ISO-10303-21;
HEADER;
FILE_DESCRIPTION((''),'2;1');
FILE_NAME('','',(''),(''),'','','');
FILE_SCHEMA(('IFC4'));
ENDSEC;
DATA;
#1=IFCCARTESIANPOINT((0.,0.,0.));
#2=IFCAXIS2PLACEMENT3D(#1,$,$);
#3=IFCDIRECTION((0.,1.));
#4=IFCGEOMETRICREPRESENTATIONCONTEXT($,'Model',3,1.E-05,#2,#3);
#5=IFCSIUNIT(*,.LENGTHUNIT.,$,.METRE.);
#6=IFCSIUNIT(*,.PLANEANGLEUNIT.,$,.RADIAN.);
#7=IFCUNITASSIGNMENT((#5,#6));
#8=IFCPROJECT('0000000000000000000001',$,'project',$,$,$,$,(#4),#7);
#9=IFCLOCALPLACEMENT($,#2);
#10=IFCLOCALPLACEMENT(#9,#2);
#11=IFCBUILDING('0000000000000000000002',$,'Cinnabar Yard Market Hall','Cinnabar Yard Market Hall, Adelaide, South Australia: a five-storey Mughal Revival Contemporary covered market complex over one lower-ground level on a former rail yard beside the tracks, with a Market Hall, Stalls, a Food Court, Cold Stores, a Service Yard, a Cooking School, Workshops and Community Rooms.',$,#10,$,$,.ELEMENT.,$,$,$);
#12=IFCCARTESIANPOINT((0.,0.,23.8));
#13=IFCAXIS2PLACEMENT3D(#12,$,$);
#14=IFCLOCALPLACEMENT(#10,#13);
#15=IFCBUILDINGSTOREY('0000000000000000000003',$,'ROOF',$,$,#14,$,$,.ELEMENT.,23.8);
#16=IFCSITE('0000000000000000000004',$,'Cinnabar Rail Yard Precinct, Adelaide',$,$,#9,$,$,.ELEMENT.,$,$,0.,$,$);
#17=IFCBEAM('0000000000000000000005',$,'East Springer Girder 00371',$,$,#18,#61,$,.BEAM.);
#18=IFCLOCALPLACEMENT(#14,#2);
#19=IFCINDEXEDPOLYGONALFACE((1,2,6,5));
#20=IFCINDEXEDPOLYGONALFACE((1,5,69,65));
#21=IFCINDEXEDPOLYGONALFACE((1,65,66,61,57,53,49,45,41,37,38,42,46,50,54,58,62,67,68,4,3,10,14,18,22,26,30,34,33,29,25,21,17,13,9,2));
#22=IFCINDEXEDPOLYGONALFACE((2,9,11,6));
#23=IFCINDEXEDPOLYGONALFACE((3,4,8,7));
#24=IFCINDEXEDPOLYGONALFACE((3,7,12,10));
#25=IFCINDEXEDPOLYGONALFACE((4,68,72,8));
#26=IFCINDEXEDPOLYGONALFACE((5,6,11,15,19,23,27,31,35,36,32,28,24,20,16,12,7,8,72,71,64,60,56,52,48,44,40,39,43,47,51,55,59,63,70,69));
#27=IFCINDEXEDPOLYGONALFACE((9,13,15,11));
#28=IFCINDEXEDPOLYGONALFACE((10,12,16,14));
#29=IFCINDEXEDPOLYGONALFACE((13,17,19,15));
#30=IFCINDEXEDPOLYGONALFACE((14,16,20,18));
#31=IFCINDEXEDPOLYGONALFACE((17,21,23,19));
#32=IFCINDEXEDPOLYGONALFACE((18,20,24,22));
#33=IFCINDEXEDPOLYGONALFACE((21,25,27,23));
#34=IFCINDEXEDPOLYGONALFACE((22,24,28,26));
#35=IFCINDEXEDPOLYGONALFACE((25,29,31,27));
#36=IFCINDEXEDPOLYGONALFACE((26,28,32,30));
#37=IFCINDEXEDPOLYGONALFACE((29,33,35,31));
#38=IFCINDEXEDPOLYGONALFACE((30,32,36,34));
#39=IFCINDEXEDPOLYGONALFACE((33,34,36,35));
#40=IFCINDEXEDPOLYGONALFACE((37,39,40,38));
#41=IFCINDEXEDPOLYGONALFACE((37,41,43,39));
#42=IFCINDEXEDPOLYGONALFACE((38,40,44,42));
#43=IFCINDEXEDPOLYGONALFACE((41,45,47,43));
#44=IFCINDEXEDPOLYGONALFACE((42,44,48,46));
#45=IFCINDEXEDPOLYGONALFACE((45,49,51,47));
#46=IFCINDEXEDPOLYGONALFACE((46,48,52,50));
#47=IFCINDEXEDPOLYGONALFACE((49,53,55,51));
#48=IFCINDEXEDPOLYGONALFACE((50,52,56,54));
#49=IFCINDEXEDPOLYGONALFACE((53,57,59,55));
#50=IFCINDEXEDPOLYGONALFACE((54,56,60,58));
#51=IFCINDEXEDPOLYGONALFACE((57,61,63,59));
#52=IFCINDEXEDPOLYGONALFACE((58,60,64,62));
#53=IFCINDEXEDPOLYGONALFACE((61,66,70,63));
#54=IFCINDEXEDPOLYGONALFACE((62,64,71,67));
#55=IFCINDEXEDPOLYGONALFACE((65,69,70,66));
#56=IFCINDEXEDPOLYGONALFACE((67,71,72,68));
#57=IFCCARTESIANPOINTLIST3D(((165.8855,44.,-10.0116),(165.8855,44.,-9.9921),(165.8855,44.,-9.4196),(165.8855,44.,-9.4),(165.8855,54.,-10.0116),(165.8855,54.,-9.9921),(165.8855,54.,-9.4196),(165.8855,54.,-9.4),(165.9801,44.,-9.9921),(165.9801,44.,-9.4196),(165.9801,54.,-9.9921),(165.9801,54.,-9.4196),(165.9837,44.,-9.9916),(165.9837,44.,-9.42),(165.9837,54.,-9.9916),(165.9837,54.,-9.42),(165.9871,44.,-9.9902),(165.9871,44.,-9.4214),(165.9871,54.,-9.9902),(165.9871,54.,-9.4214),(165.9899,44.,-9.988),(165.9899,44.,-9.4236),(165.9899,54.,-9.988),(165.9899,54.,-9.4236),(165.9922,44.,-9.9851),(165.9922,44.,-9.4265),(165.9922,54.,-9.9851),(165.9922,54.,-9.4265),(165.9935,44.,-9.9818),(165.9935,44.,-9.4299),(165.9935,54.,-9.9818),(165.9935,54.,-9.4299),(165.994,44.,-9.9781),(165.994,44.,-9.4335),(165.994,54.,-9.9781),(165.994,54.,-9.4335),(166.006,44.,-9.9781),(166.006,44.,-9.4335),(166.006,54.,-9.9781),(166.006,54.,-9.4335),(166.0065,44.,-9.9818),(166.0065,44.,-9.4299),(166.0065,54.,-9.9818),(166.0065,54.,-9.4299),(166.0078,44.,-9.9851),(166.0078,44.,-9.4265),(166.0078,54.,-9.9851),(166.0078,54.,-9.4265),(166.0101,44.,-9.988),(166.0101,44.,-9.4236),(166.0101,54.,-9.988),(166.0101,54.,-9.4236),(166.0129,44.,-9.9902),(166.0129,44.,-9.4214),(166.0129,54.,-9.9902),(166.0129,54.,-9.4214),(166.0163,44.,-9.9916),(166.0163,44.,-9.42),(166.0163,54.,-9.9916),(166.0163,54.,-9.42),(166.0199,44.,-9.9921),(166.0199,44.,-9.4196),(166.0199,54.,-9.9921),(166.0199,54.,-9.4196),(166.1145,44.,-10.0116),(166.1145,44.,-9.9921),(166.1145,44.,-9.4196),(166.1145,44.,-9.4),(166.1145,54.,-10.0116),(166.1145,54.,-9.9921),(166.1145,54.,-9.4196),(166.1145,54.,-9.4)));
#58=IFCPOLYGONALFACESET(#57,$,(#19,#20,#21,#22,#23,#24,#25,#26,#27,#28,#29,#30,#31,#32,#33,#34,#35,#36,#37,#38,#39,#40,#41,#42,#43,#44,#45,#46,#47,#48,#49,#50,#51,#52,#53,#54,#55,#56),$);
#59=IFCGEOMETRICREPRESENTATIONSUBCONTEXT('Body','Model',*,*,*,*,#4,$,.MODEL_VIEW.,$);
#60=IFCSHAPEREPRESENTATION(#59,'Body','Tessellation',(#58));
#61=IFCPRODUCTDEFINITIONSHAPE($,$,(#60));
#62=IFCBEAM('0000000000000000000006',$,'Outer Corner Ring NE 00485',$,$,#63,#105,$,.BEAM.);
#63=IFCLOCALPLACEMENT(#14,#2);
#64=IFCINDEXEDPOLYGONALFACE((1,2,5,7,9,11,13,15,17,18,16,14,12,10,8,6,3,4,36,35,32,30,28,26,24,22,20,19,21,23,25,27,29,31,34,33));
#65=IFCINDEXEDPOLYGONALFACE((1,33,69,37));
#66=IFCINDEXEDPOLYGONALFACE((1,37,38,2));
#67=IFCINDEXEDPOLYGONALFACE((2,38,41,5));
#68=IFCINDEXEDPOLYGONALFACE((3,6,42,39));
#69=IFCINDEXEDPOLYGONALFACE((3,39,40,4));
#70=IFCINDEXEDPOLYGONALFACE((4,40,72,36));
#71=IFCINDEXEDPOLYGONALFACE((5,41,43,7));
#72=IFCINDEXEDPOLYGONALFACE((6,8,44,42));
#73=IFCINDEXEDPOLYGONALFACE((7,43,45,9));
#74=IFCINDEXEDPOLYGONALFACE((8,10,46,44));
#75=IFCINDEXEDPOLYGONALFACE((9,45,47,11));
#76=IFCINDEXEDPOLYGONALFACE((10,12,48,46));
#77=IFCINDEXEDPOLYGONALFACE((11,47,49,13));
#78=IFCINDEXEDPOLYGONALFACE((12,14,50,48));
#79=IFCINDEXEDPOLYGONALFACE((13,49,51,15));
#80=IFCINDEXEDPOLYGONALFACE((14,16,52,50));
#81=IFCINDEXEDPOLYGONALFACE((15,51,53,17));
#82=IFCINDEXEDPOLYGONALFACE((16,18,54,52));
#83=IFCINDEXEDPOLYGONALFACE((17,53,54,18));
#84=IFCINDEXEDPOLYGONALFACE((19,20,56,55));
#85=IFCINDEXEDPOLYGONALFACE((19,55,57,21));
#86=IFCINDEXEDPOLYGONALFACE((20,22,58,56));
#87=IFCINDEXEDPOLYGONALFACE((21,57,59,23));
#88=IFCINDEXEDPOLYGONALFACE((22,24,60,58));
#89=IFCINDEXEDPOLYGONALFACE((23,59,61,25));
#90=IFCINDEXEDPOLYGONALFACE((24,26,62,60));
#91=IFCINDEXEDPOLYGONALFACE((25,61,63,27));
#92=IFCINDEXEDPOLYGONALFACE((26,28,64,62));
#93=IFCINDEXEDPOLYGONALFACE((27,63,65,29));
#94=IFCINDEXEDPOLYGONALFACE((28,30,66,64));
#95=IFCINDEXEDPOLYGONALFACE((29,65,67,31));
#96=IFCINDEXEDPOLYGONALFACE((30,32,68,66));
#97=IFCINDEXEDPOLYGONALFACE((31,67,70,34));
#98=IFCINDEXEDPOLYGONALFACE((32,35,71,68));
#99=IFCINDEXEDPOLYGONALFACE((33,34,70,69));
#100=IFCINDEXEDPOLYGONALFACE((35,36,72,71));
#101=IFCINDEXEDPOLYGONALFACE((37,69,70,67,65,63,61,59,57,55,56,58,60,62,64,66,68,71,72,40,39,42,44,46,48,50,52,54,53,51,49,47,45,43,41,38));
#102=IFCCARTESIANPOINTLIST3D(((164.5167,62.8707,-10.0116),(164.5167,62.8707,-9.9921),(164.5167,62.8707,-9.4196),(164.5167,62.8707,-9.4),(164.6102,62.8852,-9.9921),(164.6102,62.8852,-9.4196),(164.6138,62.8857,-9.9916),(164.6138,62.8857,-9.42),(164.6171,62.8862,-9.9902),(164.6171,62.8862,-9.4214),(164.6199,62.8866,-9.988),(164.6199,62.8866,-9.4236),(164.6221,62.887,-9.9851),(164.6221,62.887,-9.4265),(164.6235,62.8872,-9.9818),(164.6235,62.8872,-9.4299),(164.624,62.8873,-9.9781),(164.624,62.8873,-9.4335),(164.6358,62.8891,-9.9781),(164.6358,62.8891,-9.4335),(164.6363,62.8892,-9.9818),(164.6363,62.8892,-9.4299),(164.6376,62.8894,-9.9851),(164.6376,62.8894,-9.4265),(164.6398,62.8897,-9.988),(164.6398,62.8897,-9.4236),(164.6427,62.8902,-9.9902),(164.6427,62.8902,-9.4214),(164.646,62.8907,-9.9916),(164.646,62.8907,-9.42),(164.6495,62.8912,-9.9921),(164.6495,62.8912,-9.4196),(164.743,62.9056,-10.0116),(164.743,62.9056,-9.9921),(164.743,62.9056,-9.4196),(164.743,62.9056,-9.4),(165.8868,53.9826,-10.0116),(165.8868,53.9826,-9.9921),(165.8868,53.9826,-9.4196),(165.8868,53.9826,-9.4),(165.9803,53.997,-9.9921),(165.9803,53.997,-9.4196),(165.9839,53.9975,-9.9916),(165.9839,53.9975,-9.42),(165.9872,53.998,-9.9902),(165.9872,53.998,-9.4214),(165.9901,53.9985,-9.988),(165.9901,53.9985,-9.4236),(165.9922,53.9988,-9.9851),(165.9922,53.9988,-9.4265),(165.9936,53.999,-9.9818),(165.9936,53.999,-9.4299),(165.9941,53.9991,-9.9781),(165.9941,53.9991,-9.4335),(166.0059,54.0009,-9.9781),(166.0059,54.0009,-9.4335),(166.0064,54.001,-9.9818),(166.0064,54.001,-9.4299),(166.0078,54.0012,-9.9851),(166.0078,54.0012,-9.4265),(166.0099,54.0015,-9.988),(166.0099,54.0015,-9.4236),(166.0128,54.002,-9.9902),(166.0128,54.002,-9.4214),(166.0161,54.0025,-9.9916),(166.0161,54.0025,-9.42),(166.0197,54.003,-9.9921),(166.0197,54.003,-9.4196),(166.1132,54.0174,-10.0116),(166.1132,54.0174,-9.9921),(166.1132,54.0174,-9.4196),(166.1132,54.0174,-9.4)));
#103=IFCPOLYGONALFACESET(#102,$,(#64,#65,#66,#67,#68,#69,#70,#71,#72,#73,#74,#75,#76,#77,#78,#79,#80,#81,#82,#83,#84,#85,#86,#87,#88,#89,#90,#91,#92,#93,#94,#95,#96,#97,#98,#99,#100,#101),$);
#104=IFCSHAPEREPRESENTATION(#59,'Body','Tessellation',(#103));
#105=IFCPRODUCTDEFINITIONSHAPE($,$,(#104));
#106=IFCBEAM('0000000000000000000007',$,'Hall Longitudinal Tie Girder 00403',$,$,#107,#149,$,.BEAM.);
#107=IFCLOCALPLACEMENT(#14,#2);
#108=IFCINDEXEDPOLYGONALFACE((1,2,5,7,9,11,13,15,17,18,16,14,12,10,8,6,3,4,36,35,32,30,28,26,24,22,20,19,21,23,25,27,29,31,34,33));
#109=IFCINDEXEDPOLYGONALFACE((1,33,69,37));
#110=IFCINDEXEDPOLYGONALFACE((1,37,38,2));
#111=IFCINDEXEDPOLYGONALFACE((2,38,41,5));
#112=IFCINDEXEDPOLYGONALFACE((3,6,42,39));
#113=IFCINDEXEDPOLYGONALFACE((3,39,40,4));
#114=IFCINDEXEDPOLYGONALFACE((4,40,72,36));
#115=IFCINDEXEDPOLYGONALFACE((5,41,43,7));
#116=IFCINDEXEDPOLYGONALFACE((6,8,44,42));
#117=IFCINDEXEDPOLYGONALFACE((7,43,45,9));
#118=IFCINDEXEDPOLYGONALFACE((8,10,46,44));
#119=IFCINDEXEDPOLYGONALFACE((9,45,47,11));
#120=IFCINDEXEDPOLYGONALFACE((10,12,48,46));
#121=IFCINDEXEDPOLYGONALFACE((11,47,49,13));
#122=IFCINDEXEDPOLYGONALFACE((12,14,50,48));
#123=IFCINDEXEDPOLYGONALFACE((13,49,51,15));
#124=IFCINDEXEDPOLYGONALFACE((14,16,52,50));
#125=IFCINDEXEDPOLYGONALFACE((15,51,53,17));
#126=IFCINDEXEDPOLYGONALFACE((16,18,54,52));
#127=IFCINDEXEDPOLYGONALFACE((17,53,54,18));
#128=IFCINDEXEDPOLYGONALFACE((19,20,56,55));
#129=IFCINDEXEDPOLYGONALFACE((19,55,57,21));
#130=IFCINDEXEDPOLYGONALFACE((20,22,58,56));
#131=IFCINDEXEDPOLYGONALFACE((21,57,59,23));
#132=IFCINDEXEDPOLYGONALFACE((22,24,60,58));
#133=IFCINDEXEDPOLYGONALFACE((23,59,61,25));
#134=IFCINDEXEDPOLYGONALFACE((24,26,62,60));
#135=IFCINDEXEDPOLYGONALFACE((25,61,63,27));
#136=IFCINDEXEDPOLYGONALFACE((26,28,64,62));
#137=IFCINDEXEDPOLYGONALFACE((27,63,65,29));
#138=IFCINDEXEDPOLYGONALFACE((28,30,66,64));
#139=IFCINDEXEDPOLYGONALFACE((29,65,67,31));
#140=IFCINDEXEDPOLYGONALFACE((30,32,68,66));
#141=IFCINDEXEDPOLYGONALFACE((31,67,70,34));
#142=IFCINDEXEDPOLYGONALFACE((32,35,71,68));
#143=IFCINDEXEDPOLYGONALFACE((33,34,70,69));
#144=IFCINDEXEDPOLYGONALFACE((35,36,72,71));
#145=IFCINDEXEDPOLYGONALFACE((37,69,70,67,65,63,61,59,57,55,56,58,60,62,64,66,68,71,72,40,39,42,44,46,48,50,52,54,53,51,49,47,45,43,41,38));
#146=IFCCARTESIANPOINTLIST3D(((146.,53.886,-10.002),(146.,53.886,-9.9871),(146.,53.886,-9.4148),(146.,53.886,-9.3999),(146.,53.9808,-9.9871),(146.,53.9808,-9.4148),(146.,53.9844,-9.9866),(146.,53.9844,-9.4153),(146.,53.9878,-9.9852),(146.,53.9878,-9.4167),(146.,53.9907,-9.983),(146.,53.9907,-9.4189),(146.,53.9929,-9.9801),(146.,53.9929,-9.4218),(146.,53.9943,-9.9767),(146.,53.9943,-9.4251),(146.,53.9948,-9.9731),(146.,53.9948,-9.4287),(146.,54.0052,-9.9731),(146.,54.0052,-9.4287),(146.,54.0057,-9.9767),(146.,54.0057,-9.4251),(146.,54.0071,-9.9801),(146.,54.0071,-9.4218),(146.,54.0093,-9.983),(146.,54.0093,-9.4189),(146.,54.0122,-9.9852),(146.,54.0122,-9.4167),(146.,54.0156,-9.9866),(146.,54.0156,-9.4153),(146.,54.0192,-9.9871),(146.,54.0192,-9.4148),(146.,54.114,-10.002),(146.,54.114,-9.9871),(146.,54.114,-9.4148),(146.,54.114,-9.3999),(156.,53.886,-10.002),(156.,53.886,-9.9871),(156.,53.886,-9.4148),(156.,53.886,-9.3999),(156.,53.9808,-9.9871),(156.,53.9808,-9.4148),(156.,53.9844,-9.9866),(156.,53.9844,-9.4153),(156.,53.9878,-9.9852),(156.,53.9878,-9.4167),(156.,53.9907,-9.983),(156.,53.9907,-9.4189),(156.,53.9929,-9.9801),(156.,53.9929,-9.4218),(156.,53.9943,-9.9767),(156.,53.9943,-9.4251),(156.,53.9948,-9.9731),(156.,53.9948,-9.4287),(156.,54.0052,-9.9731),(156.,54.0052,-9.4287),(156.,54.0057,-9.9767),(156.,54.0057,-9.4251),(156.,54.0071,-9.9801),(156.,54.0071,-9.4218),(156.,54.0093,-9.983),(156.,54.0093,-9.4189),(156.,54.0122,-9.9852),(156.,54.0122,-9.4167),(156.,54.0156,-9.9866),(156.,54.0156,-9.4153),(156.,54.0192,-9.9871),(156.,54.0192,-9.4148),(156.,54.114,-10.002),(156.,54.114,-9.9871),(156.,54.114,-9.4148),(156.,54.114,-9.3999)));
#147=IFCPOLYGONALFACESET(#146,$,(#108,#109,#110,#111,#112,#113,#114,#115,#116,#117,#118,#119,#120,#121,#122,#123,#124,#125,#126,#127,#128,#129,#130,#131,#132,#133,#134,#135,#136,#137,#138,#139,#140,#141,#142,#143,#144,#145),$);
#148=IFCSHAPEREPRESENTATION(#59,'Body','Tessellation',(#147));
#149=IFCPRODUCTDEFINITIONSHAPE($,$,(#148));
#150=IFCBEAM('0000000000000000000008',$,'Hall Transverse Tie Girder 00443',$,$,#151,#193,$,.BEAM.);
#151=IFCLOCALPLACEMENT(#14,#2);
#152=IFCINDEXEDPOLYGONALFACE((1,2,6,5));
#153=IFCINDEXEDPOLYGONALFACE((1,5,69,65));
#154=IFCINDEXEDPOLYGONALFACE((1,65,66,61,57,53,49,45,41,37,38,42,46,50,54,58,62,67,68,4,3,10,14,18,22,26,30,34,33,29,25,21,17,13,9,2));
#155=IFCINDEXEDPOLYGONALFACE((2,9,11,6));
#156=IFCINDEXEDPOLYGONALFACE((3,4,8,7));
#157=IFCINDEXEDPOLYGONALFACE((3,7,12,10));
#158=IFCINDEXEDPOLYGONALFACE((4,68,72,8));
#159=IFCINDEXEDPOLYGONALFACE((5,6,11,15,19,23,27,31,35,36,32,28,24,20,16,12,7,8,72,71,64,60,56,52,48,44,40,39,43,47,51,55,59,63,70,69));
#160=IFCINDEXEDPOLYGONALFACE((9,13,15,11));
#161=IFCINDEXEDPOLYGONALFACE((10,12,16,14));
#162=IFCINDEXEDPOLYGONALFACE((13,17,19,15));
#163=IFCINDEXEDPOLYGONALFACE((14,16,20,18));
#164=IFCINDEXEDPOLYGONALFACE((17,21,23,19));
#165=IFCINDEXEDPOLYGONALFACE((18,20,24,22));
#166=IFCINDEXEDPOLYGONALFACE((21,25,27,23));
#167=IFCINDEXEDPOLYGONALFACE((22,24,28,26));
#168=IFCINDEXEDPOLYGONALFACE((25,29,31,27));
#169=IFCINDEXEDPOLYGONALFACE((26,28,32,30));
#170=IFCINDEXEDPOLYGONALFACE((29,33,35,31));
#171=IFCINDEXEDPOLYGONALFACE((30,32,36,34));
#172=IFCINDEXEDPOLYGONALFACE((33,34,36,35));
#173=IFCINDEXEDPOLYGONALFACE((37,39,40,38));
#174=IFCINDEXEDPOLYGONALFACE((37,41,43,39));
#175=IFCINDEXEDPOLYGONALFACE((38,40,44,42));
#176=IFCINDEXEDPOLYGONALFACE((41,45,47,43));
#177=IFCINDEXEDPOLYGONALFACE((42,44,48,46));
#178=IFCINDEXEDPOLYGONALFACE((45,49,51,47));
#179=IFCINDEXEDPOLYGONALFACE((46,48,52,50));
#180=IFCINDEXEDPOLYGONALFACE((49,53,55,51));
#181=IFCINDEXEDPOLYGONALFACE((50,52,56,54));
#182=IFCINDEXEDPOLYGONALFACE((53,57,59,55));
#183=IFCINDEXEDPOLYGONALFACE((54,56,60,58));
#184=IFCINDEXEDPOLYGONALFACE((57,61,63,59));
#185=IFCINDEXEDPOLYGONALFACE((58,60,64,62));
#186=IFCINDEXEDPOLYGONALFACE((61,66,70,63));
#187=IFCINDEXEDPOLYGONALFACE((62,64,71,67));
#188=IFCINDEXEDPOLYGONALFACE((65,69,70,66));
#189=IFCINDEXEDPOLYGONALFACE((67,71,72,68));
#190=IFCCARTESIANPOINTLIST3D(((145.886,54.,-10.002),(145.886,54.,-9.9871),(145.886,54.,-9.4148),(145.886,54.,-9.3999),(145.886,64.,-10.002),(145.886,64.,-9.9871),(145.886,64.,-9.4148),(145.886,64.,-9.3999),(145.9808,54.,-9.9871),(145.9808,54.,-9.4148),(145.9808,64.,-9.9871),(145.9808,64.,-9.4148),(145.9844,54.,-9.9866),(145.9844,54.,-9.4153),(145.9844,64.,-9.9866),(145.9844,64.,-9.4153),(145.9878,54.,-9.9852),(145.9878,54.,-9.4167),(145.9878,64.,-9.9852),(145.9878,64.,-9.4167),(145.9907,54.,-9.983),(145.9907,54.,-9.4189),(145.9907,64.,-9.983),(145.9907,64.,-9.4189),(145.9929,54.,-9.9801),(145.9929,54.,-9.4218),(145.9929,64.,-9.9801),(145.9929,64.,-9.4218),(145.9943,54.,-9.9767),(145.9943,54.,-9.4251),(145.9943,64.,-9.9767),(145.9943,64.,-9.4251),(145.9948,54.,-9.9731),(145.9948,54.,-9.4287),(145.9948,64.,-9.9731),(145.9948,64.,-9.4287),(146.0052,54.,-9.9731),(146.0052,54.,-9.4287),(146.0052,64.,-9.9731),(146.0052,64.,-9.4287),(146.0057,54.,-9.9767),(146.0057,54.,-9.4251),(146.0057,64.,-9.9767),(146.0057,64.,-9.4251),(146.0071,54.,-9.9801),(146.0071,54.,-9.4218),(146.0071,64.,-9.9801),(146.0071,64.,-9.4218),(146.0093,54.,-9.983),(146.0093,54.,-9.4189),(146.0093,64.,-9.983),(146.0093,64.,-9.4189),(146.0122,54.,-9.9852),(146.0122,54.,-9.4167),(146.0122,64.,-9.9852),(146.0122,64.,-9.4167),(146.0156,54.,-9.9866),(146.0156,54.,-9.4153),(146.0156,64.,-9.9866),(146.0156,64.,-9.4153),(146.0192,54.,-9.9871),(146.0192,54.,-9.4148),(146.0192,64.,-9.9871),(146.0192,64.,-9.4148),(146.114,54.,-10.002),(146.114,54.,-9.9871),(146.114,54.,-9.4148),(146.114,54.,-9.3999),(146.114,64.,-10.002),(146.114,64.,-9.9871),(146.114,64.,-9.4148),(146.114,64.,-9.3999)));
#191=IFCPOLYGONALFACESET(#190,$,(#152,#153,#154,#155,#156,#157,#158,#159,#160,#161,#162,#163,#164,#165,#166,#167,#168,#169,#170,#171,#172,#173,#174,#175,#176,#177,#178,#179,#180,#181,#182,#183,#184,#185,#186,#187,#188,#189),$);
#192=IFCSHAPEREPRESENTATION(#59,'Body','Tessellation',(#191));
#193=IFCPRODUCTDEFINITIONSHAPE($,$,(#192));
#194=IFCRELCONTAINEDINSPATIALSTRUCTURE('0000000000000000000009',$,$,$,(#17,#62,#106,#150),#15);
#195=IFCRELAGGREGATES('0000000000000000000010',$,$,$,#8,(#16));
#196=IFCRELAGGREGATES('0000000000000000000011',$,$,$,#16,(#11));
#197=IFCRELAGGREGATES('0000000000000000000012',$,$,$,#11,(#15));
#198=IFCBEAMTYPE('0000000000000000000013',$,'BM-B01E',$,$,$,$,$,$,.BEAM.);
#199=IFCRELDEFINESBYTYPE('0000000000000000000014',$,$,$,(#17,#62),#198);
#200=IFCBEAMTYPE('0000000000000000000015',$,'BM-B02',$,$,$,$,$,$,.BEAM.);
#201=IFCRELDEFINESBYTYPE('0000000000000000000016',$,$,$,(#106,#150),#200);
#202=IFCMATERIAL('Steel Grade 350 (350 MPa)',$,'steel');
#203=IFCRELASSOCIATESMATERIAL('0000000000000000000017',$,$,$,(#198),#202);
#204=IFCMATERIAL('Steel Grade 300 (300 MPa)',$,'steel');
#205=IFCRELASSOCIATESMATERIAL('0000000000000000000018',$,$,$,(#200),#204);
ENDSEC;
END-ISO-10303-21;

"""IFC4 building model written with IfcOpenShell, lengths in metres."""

from ifc_helpers import new_model, si_unit, direction, frame, origin, origin_2d_with_axis, place, context, subcontext, project, spatial, i_section, extrude, material, material_profile, profile_set, type_object, element, save


model = new_model("IFC4")

# Units and contexts
model_context = context("Model", 3, precision=1e-05, world=origin(), true_north=direction((0.0, 1.0)))
body_context = subcontext(model_context, "Body", "Model", "MODEL_VIEW")
ifc_project = project(units=[si_unit("LENGTHUNIT", "METRE"), si_unit("PLANEANGLEUNIT", "RADIAN")], contexts=[model_context])

# Site, building, storey
site_placement = place(None, origin())
site = spatial("IfcSite", under=ifc_project, at=site_placement, Name="Cinnabar Rail Yard Precinct, Adelaide", CompositionType="ELEMENT", RefElevation=0.0)
building_placement = place(site_placement, origin())
building = spatial("IfcBuilding", under=site, at=building_placement, Name="Cinnabar Yard Market Hall", Description="Cinnabar Yard Market Hall, Adelaide, South Australia: a five-storey Mughal Revival Contemporary covered market complex over one lower-ground level on a former rail yard beside the tracks, with a Market Hall, Stalls, a Food Court, Cold Stores, a Service Yard, a Cooking School, Workshops and Community Rooms.", CompositionType="ELEMENT")
storey_placement = place(building_placement, frame((0.0, 0.0, 23.8)))
storey = spatial("IfcBuildingStorey", under=building, at=storey_placement, Name="ROOF", CompositionType="ELEMENT", Elevation=23.8)

# Beams
ifc_material_1 = material(Name="Steel Grade 350 (350 MPa)", Category="steel")
ifc_material_profile_1 = material_profile(ifc_material_1, i_section(OverallWidth=0.229, OverallDepth=0.6116, WebThickness=0.012, FlangeThickness=0.0195, FilletRadius=0.0139, at=origin_2d_with_axis()), Name="610UB125")
ifc_profile_set_1 = profile_set([ifc_material_profile_1], Name="Steel Grade 350 (350 MPa)")
beam_type_1 = type_object("IfcBeamType", Name="BM-B01E", PredefinedType="BEAM", material=ifc_profile_set_1)
beam_1_placement = place(storey_placement, frame((166.0, 44.0, -9.7058), z_axis=(0.0, 1.0, 0.0), x_axis=(-1.0, 0.0, 0.0)))
element("IfcBeam", 1, at=beam_1_placement, inside=storey, type_object=beam_type_1, Name="East Springer Girder 00371", PredefinedType="BEAM", context=body_context, shape_type="SweptSolid", body=[
    extrude(i_section(OverallWidth=0.229, OverallDepth=0.6116, WebThickness=0.012, FlangeThickness=0.0195, FilletRadius=0.0139, at=origin_2d_with_axis()), origin(), (0.0, 0.0, 1.0), 10.0),
])
beam_2_placement = place(storey_placement, frame((166.0, 54.0, -9.7058), z_axis=(-0.152351, 0.988326, 0.0), x_axis=(-0.988326, -0.152351, 0.0)))
element("IfcBeam", 2, at=beam_2_placement, inside=storey, type_object=beam_type_1, Name="Outer Corner Ring NE 00485", PredefinedType="BEAM", context=body_context, shape_type="SweptSolid", body=[
    extrude(i_section(OverallWidth=0.229, OverallDepth=0.6116, WebThickness=0.012, FlangeThickness=0.0195, FilletRadius=0.0139, at=origin_2d_with_axis()), origin(), (0.0, 0.0, 1.0), 8.9932),
])
ifc_material_2 = material(Name="Steel Grade 300 (300 MPa)", Category="steel")
ifc_material_profile_2 = material_profile(ifc_material_2, i_section(OverallWidth=0.228, OverallDepth=0.6021, WebThickness=0.0105, FlangeThickness=0.0149, FilletRadius=0.0139, at=origin_2d_with_axis()), Name="610UB101")
ifc_profile_set_2 = profile_set([ifc_material_profile_2], Name="Steel Grade 300 (300 MPa)")
beam_type_2 = type_object("IfcBeamType", Name="BM-B02", PredefinedType="BEAM", material=ifc_profile_set_2)
for number, where, z_axis, x_axis, name in (
    (3, (146.0, 54.0, -9.7009), (1.0, 0.0, 0.0), (0.0, 1.0, 0.0), "Hall Longitudinal Tie Girder 00403"),
    (4, (146.0, 54.0, -9.7009), (0.0, 1.0, 0.0), (-1.0, 0.0, 0.0), "Hall Transverse Tie Girder 00443"),
):
    element("IfcBeam", number, at=place(storey_placement, frame(where, z_axis=z_axis, x_axis=x_axis)), inside=storey, type_object=beam_type_2, Name=name, PredefinedType="BEAM", context=body_context, shape_type="SweptSolid", body=[
        extrude(i_section(OverallWidth=0.228, OverallDepth=0.6021, WebThickness=0.0105, FlangeThickness=0.0149, FilletRadius=0.0139, at=origin_2d_with_axis()), origin(), (0.0, 0.0, 1.0), 10.0),
    ])

save(model, "model.ifc")
